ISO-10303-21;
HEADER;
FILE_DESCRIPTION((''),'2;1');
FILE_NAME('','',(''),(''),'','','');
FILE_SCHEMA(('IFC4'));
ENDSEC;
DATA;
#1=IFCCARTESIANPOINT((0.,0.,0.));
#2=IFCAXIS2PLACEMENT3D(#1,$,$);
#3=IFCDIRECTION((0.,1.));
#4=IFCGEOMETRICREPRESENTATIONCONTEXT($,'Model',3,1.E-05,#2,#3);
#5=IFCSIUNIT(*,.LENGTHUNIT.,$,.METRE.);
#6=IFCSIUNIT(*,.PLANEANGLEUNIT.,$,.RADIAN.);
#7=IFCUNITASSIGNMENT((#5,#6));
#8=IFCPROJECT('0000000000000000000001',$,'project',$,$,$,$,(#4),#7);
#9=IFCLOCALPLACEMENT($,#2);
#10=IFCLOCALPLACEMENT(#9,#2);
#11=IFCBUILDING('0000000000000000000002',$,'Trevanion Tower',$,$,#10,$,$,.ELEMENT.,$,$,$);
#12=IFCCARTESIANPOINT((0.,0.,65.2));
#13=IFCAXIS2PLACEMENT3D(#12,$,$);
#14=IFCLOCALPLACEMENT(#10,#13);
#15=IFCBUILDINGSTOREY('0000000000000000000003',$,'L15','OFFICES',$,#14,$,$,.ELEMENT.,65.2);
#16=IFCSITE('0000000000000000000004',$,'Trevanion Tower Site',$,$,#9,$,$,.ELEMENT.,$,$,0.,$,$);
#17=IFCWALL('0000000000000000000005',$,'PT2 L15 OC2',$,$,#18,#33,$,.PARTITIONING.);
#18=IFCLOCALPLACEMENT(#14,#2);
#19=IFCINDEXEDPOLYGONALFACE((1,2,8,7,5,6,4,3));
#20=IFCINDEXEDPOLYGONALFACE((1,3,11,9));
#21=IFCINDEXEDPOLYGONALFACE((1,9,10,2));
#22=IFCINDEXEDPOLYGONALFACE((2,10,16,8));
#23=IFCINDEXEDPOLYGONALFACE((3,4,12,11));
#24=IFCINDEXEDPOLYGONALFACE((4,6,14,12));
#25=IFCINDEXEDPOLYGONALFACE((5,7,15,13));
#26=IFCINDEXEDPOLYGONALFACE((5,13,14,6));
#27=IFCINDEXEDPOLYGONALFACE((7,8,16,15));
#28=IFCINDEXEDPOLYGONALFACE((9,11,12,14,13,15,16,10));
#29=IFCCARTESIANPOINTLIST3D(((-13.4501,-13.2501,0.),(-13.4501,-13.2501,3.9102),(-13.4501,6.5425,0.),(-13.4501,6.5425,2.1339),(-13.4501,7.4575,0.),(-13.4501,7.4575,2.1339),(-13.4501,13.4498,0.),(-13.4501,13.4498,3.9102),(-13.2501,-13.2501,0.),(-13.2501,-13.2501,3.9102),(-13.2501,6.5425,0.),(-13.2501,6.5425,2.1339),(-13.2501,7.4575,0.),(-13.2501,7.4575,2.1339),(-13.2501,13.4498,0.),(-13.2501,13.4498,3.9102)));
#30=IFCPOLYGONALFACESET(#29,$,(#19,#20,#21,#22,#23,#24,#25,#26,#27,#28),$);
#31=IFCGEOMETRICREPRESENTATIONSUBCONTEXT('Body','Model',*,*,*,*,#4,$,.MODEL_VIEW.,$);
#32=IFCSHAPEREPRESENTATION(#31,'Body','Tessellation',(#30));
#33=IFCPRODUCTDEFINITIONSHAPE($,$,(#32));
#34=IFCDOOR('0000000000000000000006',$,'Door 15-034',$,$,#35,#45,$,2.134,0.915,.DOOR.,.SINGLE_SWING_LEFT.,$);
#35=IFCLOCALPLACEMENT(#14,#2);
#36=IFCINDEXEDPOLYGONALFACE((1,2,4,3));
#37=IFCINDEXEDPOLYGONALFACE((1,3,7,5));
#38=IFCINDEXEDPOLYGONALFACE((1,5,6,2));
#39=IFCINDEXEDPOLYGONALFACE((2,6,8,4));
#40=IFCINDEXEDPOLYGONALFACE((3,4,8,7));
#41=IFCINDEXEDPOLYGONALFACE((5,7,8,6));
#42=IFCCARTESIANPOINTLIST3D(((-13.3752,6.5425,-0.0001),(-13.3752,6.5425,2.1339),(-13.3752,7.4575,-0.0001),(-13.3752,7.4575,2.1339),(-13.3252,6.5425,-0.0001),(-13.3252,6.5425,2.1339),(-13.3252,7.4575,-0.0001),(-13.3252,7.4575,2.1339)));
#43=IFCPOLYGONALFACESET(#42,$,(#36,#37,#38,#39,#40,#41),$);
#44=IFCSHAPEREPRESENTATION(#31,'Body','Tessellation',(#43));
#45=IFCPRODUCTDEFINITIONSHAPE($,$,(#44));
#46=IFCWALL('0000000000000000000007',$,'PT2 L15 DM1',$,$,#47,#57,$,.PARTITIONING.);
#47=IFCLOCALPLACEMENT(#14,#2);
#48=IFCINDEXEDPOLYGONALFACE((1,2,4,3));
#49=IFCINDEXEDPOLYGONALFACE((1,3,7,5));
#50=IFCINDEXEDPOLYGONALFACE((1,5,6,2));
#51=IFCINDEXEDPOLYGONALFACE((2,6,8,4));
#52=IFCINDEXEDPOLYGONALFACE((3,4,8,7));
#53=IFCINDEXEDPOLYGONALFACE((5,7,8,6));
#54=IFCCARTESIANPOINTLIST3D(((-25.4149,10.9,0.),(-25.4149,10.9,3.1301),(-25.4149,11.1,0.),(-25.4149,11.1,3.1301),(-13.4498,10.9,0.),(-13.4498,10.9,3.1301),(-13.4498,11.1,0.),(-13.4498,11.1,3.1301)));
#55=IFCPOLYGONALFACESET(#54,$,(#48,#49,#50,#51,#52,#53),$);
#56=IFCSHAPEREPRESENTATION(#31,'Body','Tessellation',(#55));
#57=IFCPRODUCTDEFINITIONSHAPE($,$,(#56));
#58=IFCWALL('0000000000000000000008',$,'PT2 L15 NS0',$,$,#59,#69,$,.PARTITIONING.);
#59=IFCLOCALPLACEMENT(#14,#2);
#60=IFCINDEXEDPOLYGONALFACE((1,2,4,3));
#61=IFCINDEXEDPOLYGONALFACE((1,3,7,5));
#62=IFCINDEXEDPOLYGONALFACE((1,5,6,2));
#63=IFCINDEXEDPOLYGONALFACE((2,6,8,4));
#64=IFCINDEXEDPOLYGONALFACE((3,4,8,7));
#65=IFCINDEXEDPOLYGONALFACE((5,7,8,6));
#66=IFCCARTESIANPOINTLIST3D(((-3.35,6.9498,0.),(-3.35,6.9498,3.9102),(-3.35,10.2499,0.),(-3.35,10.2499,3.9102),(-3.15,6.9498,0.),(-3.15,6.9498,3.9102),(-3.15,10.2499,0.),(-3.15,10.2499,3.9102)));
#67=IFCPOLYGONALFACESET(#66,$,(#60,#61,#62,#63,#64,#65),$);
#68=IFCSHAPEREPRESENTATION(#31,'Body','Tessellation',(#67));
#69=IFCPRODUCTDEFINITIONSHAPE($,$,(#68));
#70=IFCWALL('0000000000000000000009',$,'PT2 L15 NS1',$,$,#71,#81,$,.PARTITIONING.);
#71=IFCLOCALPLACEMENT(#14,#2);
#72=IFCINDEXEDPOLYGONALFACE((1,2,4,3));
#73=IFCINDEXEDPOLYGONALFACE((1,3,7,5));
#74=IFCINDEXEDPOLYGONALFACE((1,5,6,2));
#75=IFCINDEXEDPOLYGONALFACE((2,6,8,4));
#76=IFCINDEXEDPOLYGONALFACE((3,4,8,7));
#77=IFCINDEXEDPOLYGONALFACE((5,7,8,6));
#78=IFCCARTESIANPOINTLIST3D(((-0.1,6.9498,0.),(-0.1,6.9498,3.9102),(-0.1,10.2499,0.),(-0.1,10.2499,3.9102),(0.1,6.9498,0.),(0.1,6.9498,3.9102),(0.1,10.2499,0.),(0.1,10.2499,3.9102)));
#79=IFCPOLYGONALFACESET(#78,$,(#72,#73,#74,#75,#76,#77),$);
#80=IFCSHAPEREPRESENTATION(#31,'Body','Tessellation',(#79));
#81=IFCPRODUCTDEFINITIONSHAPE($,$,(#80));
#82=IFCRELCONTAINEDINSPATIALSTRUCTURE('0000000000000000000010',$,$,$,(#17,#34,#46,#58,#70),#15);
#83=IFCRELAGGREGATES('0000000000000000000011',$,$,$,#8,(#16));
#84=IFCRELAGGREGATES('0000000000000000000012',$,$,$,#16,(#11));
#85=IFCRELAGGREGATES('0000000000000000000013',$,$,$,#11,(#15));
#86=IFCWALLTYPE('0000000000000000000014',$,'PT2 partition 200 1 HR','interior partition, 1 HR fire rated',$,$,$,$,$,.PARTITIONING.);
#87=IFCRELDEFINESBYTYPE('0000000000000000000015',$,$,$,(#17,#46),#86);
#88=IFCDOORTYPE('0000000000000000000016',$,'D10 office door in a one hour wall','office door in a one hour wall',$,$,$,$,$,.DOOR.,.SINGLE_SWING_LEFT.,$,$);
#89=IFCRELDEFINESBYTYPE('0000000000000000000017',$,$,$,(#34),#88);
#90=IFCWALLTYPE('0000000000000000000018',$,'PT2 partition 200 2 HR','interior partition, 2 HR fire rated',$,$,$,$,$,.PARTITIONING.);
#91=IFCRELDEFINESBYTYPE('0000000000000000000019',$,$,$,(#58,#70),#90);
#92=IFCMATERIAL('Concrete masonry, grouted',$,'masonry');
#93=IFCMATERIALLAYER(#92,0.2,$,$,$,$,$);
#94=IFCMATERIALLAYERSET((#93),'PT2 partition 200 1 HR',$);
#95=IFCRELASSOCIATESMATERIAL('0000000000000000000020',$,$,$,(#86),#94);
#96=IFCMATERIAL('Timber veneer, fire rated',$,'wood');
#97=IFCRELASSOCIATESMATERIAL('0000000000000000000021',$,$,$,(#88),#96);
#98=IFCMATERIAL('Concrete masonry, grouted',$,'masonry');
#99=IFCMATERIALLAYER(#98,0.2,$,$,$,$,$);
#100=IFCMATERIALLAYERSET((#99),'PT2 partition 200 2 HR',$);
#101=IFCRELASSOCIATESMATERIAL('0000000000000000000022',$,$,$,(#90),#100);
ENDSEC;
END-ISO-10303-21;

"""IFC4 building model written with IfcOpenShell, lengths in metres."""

from ifc_helpers import new_model, si_unit, direction, frame, frame_2d, origin, place, context, subcontext, project, spatial, rectangle, extrude, material, layer, layer_set, type_object, element, fill, save


model = new_model("IFC4")

# Units and contexts
model_context = context("Model", 3, precision=1e-05, world=origin(), true_north=direction((0.0, 1.0)))
body_context = subcontext(model_context, "Body", "Model", "MODEL_VIEW")
ifc_project = project(units=[si_unit("LENGTHUNIT", "METRE"), si_unit("PLANEANGLEUNIT", "RADIAN")], contexts=[model_context])

# Site, building, storey
site_placement = place(None, origin())
site = spatial("IfcSite", under=ifc_project, at=site_placement, Name="Trevanion Tower Site", CompositionType="ELEMENT", RefElevation=0.0)
building_placement = place(site_placement, origin())
building = spatial("IfcBuilding", under=site, at=building_placement, Name="Trevanion Tower", CompositionType="ELEMENT")
storey_placement = place(building_placement, frame((0.0, 0.0, 65.2)))
storey = spatial("IfcBuildingStorey", under=building, at=storey_placement, Name="L15", Description="OFFICES", CompositionType="ELEMENT", Elevation=65.2)

# Wall, opening, door
ifc_material_1 = material(Name="Concrete masonry, grouted", Category="masonry")
ifc_layer_1 = layer(ifc_material_1, 0.2)
ifc_layer_set_1 = layer_set([ifc_layer_1], Name="PT2 partition 200 1 HR")
wall_type_1 = type_object("IfcWallType", Name="PT2 partition 200 1 HR", Description="interior partition, 1 HR fire rated", PredefinedType="PARTITIONING", material=ifc_layer_set_1)
wall_1_placement = place(storey_placement, frame((-13.3501, 13.45, 0.0), z_axis=(0.0, 0.0, 1.0), x_axis=(0.0, -1.0, 0.0)))
wall_1 = element("IfcWall", 1, at=wall_1_placement, inside=storey, type_object=wall_type_1, Name="PT2 L15 OC2", PredefinedType="PARTITIONING", context=body_context, shape_type="SweptSolid", body=[
    extrude(rectangle(XDim=26.7, YDim=0.2, at=frame_2d((13.3501, 0.0))), origin(), (0.0, 0.0, 1.0), 3.9102),
])
opening_1_placement = place(wall_1_placement, frame((5.9924, 0.0, 0.0)))
opening_1 = element("IfcOpeningElement", 2, at=opening_1_placement, cuts=wall_1, PredefinedType="OPENING", context=body_context, shape_type="SweptSolid", body=[
    extrude(rectangle(XDim=0.915, YDim=2.134, at=frame_2d((0.4575, 1.0669))), frame((0.0, 0.1099, 0.0), z_axis=(0.0, -1.0, 0.0), x_axis=(1.0, 0.0, 0.0)), (0.0, 0.0, 1.0), 0.22),
])
ifc_material_2 = material(Name="Timber veneer, fire rated", Category="wood")
door_type_1 = type_object("IfcDoorType", Name="D10 office door in a one hour wall", Description="office door in a one hour wall", OperationType="SINGLE_SWING_LEFT", PredefinedType="DOOR", material=ifc_material_2)
door_1_placement = place(opening_1_placement, origin())
door_1 = element("IfcDoor", 3, at=door_1_placement, inside=storey, type_object=door_type_1, Name="Door 15-034", OperationType="SINGLE_SWING_LEFT", OverallHeight=2.134, OverallWidth=0.915, PredefinedType="DOOR", context=body_context, shape_type="SweptSolid", body=[
    extrude(rectangle(XDim=0.915, YDim=2.134, at=frame_2d((0.4575, 1.0669))), frame((0.0, 0.0249, 0.0), z_axis=(0.0, -1.0, 0.0), x_axis=(1.0, 0.0, 0.0)), (0.0, 0.0, 1.0), 0.05),
])
fill(opening_1, door_1)

# Walls
wall_2_placement = place(storey_placement, frame((-13.45, 11.0, 0.0), z_axis=(0.0, 0.0, 1.0), x_axis=(-1.0, 0.0, 0.0)))
element("IfcWall", 4, at=wall_2_placement, inside=storey, type_object=wall_type_1, Name="PT2 L15 DM1", PredefinedType="PARTITIONING", context=body_context, shape_type="SweptSolid", body=[
    extrude(rectangle(XDim=11.9651, YDim=0.2, at=frame_2d((5.9824, 0.0))), origin(), (0.0, 0.0, 1.0), 3.1301),
])
ifc_material_3 = material(Name="Concrete masonry, grouted", Category="masonry")
ifc_layer_2 = layer(ifc_material_3, 0.2)
ifc_layer_set_2 = layer_set([ifc_layer_2], Name="PT2 partition 200 2 HR")
wall_type_2 = type_object("IfcWallType", Name="PT2 partition 200 2 HR", Description="interior partition, 2 HR fire rated", PredefinedType="PARTITIONING", material=ifc_layer_set_2)
for number, where, z_axis, x_axis, name in (
    (5, (-3.25, 6.95, 0.0), (0.0, 0.0, 1.0), (0.0, 1.0, 0.0), "PT2 L15 NS0"),
    (6, (0.0, 6.95, 0.0), (0.0, 0.0, 1.0), (0.0, 1.0, 0.0), "PT2 L15 NS1"),
):
    element("IfcWall", number, at=place(storey_placement, frame(where, z_axis=z_axis, x_axis=x_axis)), inside=storey, type_object=wall_type_2, Name=name, PredefinedType="PARTITIONING", context=body_context, shape_type="SweptSolid", body=[
        extrude(rectangle(XDim=3.3, YDim=0.2, at=frame_2d((1.6499, 0.0))), origin(), (0.0, 0.0, 1.0), 3.9102),
    ])

save(model, "model.ifc")
